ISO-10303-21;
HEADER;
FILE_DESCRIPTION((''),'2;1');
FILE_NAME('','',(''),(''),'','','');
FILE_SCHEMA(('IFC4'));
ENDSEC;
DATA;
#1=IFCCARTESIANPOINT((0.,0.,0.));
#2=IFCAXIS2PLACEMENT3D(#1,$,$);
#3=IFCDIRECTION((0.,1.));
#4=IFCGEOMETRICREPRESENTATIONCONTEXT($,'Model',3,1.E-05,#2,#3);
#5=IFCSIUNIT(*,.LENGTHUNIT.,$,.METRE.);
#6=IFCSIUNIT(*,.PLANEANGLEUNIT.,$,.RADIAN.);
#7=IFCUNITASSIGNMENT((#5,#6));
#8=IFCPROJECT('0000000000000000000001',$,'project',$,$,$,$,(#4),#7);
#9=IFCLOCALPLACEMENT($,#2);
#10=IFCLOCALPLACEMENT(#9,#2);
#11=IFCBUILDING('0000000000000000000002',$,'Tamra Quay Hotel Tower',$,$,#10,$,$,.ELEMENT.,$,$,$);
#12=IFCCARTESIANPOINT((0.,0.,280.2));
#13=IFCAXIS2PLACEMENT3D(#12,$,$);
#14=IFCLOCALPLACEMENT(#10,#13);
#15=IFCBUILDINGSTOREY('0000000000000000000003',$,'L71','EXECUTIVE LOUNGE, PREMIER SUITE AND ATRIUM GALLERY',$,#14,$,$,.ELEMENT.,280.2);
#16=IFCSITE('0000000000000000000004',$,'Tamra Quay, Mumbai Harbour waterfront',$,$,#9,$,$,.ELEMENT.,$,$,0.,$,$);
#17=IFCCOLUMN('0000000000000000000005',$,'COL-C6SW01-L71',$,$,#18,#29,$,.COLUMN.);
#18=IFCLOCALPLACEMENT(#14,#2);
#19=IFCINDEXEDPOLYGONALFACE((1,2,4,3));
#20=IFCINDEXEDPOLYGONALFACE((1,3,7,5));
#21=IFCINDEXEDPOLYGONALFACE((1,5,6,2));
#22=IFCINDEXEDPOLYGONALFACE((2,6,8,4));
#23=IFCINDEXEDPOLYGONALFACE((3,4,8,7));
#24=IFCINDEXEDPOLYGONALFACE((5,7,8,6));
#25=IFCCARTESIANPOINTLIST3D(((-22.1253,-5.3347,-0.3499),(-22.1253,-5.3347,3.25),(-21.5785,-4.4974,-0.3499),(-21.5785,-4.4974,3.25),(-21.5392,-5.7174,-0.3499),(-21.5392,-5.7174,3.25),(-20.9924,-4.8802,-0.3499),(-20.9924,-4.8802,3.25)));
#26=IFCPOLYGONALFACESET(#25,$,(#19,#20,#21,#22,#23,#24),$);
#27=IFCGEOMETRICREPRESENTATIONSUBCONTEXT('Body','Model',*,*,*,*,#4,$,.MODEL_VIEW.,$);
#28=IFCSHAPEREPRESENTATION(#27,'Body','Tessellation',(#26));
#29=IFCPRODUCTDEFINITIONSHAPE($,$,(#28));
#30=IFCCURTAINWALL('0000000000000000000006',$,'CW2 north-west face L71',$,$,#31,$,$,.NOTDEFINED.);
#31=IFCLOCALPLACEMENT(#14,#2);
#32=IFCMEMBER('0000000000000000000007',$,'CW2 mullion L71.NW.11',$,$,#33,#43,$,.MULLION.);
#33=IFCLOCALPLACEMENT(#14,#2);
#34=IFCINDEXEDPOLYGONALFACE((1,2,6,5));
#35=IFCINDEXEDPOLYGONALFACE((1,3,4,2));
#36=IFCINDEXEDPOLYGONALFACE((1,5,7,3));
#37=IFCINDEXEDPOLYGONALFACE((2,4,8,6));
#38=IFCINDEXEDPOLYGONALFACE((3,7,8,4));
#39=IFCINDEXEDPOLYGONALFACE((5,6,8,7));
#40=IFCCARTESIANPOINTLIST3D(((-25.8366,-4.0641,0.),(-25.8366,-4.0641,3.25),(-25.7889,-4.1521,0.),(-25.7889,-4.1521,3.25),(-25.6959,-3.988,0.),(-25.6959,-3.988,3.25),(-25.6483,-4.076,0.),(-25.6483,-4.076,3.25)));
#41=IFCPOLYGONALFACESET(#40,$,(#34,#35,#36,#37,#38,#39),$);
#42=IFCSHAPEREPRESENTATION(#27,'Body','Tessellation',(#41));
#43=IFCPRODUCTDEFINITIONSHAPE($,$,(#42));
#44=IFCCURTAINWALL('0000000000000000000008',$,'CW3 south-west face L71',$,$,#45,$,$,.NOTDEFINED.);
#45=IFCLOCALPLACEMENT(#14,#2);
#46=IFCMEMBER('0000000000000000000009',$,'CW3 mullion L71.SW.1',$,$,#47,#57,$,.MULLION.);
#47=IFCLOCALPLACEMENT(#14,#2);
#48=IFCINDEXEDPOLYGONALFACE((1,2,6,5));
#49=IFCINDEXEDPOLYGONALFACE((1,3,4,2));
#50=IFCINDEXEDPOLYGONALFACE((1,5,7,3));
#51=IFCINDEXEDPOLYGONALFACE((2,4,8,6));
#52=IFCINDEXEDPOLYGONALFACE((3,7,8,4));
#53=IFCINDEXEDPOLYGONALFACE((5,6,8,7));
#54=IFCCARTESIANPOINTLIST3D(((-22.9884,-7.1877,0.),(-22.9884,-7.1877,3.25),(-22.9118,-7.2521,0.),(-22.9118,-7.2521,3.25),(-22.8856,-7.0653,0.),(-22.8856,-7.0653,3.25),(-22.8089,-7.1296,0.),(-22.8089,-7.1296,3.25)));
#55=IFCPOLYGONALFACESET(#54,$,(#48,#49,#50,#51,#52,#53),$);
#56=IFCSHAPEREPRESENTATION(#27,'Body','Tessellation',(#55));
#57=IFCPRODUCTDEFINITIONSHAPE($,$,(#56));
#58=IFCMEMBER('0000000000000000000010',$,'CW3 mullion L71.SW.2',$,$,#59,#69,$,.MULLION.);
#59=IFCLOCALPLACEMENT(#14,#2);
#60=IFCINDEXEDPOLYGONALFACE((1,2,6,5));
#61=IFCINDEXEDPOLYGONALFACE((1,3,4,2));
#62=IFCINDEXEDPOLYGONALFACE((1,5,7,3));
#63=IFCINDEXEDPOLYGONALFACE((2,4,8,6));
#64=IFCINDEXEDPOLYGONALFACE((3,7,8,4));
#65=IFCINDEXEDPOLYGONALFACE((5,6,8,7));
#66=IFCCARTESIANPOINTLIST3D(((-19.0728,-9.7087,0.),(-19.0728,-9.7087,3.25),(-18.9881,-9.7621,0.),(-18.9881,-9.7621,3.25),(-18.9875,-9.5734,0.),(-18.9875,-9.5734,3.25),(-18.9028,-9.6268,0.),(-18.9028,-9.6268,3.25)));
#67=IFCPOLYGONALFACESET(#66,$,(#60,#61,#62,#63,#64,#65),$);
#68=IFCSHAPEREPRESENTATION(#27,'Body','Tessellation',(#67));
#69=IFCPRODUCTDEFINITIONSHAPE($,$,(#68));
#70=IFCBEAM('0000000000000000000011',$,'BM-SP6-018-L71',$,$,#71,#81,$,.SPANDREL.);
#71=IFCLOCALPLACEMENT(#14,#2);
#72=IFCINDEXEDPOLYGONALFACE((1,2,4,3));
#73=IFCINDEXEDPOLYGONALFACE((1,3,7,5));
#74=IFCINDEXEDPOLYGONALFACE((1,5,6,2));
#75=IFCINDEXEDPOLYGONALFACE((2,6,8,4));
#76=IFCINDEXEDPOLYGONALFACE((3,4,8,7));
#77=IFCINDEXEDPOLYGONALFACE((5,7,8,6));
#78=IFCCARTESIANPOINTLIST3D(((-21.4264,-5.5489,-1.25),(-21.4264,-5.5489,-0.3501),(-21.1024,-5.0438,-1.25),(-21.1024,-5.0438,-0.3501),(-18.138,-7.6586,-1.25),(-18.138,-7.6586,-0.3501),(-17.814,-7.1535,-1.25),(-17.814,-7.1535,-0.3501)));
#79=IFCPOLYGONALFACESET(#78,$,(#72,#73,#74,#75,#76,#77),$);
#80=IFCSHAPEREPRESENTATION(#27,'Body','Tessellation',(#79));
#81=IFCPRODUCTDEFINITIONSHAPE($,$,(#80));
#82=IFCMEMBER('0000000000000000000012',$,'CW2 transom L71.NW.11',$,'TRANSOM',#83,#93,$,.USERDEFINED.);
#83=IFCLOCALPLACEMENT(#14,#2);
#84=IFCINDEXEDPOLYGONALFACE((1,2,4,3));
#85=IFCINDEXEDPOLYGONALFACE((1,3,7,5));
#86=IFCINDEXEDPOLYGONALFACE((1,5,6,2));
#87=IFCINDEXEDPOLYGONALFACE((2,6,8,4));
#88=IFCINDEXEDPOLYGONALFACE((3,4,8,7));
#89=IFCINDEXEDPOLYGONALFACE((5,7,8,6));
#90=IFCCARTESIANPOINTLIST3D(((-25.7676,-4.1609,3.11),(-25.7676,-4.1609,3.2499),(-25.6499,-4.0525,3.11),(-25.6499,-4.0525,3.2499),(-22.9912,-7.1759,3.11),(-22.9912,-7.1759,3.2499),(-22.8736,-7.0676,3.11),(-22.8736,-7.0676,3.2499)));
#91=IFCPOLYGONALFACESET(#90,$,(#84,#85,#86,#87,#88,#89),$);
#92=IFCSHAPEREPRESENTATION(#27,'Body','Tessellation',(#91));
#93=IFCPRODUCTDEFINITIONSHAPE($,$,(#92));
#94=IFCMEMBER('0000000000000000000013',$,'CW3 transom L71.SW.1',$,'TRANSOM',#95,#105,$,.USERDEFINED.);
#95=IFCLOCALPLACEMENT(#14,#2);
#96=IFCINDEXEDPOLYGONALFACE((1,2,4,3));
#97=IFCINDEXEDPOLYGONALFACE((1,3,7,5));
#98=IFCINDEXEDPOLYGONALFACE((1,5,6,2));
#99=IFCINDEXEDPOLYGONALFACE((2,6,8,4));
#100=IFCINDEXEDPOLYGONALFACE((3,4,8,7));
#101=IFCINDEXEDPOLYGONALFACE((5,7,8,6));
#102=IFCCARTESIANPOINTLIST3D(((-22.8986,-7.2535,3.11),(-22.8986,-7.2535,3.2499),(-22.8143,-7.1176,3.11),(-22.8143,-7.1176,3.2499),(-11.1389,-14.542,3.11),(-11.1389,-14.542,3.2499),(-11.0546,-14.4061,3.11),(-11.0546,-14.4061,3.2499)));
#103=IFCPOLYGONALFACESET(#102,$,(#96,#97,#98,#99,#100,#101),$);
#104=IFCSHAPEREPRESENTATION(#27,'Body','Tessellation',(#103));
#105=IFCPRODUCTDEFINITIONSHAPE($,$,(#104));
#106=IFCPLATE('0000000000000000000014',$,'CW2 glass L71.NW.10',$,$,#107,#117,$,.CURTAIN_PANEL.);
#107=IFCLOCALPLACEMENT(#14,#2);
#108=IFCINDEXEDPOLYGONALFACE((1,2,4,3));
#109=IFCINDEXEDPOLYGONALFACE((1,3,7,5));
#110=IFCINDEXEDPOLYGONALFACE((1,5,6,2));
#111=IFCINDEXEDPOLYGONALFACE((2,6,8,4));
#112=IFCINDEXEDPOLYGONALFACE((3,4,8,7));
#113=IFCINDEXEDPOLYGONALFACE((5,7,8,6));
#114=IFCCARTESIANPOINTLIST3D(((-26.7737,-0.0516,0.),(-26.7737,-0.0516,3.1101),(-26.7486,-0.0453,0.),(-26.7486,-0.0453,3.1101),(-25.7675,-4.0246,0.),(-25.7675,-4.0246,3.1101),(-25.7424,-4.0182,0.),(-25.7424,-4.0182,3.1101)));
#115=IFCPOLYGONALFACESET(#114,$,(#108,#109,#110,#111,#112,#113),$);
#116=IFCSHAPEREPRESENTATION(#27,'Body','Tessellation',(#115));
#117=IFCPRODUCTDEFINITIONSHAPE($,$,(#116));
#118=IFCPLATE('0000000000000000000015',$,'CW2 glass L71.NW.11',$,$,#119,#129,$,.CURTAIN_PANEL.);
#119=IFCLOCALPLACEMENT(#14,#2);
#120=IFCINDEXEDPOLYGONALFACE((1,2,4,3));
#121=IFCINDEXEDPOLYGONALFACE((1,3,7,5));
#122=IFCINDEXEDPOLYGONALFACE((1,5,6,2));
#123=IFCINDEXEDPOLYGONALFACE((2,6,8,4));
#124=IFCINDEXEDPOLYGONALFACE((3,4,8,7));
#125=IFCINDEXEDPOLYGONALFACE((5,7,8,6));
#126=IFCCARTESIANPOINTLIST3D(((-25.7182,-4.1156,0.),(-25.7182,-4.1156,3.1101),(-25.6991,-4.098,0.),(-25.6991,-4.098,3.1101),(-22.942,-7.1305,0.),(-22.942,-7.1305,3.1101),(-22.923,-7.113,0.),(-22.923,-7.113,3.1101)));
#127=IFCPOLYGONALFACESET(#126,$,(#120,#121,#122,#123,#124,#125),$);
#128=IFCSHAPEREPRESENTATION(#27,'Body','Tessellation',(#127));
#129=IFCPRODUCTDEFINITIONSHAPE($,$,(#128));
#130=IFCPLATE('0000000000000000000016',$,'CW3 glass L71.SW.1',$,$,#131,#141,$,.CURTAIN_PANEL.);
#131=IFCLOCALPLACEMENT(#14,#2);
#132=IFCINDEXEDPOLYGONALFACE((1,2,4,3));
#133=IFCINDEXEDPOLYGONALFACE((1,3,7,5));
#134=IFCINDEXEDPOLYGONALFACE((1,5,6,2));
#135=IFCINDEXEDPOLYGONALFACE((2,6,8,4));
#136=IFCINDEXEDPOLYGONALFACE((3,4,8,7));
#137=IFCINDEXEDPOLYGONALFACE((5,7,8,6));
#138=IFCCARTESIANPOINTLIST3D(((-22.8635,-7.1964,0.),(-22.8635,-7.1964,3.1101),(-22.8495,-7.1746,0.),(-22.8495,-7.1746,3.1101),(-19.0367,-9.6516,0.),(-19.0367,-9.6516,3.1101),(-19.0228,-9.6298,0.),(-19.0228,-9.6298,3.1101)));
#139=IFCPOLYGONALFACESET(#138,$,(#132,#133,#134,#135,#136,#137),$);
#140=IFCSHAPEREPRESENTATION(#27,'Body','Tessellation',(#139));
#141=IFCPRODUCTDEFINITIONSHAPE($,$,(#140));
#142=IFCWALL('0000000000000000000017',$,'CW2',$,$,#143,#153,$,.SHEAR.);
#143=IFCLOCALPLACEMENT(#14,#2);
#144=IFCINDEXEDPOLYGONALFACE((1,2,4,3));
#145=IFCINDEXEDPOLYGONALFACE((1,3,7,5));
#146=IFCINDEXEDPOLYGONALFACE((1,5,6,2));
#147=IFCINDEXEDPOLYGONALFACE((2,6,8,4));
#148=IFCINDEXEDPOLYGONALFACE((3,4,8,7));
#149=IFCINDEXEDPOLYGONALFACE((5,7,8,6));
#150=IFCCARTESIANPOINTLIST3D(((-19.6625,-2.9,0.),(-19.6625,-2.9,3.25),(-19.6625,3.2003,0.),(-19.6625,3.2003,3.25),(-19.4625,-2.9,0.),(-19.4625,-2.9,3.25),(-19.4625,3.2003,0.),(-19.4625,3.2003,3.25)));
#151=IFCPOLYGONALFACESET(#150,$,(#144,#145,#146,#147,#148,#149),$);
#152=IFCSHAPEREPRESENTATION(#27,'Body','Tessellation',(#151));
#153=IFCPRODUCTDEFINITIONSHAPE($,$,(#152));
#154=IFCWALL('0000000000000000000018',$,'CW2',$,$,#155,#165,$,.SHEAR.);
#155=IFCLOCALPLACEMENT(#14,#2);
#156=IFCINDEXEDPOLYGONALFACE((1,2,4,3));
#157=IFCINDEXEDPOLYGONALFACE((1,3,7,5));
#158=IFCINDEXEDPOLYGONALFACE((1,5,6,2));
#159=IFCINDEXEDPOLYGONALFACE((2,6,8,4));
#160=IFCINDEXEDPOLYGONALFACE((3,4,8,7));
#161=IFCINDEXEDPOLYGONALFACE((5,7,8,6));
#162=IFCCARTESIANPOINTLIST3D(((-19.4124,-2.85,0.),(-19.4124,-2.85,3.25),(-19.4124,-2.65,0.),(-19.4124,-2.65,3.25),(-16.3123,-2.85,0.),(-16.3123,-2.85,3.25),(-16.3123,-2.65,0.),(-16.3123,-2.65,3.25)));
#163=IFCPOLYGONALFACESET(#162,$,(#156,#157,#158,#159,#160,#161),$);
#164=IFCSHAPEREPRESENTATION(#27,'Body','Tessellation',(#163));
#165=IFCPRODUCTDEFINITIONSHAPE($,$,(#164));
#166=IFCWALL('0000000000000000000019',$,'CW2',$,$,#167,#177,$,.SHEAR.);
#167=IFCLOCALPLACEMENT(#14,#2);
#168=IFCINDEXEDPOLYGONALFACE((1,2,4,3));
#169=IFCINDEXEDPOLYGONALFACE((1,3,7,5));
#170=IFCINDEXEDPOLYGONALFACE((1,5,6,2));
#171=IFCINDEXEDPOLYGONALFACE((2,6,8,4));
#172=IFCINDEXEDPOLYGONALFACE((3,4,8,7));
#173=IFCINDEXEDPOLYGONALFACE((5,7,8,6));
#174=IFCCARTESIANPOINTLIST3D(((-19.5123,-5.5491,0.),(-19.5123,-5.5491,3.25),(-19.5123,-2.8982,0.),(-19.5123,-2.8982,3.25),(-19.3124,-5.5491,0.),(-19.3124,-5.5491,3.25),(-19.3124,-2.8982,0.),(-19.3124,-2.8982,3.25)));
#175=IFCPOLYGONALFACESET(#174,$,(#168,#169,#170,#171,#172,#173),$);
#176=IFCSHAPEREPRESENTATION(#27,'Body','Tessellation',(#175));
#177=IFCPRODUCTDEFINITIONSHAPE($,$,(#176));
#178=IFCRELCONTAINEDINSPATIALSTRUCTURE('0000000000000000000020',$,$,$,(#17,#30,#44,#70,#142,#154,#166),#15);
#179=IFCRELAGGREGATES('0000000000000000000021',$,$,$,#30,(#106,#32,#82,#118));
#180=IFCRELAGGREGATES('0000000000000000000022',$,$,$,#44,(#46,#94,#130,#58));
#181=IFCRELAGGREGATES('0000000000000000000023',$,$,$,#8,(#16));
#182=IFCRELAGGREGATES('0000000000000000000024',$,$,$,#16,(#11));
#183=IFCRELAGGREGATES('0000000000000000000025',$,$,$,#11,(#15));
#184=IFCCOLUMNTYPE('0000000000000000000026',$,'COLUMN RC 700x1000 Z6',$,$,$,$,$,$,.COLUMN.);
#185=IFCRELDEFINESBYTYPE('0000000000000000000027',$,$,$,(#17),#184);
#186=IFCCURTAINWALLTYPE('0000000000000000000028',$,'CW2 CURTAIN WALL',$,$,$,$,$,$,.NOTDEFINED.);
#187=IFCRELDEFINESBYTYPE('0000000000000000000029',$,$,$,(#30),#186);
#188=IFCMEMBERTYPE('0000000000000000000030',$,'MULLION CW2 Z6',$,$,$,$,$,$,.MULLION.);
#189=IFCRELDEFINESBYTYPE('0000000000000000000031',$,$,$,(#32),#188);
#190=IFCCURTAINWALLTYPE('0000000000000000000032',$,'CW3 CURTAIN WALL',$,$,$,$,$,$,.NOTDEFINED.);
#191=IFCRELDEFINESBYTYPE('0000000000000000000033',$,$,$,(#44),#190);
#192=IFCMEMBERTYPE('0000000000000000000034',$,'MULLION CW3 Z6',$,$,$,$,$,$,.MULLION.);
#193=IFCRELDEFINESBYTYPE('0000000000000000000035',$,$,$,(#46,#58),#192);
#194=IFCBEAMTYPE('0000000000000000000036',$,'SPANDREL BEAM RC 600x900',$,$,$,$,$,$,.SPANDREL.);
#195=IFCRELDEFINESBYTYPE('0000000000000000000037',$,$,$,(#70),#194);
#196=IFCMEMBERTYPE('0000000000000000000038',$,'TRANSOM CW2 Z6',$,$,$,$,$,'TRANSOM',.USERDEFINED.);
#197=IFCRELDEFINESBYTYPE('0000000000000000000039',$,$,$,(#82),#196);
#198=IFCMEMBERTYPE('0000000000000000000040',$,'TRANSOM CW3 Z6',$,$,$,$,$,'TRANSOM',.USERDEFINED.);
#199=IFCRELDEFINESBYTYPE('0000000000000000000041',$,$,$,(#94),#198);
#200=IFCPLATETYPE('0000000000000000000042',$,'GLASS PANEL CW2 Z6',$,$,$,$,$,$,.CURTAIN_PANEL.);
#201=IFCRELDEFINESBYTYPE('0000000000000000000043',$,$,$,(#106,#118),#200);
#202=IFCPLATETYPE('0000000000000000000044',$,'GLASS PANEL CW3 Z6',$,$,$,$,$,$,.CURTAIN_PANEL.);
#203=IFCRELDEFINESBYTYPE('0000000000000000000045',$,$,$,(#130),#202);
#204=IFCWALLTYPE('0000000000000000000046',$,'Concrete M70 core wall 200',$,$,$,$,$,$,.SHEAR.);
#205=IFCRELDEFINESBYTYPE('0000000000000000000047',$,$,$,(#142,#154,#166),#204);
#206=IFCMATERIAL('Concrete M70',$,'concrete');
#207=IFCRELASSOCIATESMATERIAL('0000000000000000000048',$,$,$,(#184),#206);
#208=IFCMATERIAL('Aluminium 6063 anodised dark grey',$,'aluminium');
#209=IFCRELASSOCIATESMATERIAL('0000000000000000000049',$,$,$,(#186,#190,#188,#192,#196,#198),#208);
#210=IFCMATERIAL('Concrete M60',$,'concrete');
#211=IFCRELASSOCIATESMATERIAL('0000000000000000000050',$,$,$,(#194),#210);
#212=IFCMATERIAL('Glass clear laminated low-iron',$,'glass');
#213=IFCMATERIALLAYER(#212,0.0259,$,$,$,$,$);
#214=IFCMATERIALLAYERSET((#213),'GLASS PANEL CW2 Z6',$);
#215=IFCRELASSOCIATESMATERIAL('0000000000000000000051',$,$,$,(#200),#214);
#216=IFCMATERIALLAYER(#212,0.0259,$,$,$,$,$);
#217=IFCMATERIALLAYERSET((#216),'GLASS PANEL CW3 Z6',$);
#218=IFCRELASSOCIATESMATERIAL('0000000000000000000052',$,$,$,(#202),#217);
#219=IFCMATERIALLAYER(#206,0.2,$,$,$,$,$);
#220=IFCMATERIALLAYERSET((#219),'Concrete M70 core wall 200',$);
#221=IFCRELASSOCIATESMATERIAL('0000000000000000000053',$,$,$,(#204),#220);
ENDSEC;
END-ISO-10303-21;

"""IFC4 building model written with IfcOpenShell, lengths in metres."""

from ifc_helpers import new_model, si_unit, direction, frame, frame_2d, origin, origin_2d, place, context, subcontext, project, spatial, rectangle, extrude, material, layer, layer_set, material_profile, profile_set, type_object, element, aggregate, save


model = new_model("IFC4")

# Units and contexts
model_context = context("Model", 3, precision=1e-05, world=origin(), true_north=direction((0.0, 1.0)))
body_context = subcontext(model_context, "Body", "Model", "MODEL_VIEW")
ifc_project = project(units=[si_unit("LENGTHUNIT", "METRE"), si_unit("PLANEANGLEUNIT", "RADIAN")], contexts=[model_context])

# Site, building, storey
site_placement = place(None, origin())
site = spatial("IfcSite", under=ifc_project, at=site_placement, Name="Tamra Quay, Mumbai Harbour waterfront", CompositionType="ELEMENT", RefElevation=0.0)
building_placement = place(site_placement, origin())
building = spatial("IfcBuilding", under=site, at=building_placement, Name="Tamra Quay Hotel Tower", CompositionType="ELEMENT")
storey_placement = place(building_placement, frame((0.0, 0.0, 280.2)))
storey = spatial("IfcBuildingStorey", under=building, at=storey_placement, Name="L71", Description="EXECUTIVE LOUNGE, PREMIER SUITE AND ATRIUM GALLERY", CompositionType="ELEMENT", Elevation=280.2)

# Column
ifc_material_1 = material(Name="Concrete M70", Category="concrete")
ifc_material_profile_1 = material_profile(ifc_material_1, rectangle(XDim=1.0, YDim=0.7, at=origin_2d()), Name="COLUMN RC 700x1000 Z6")
ifc_profile_set_1 = profile_set([ifc_material_profile_1], Name="Concrete M70")
column_type = type_object("IfcColumnType", Name="COLUMN RC 700x1000 Z6", PredefinedType="COLUMN", material=ifc_profile_set_1)
column_placement = place(storey_placement, frame((-21.5588, -5.1074, -0.3499), z_axis=(0.0, 0.0, 1.0), x_axis=(0.546805, 0.83726, 0.0)))
element("IfcColumn", 1, at=column_placement, inside=storey, type_object=column_type, Name="COL-C6SW01-L71", PredefinedType="COLUMN", context=body_context, shape_type="SweptSolid", body=[
    extrude(rectangle(XDim=1.0, YDim=0.7, at=origin_2d()), origin(), (0.0, 0.0, 1.0), 3.5999),
])

# Curtain wall, member
ifc_material_2 = material(Name="Aluminium 6063 anodised dark grey", Category="aluminium")
curtain_wall_type_1 = type_object("IfcCurtainWallType", Name="CW2 CURTAIN WALL", PredefinedType="NOTDEFINED", material=ifc_material_2)
curtain_wall_1_placement = place(storey_placement, origin())
curtain_wall_1 = element("IfcCurtainWall", 2, at=curtain_wall_1_placement, inside=storey, type_object=curtain_wall_type_1, Name="CW2 north-west face L71", PredefinedType="NOTDEFINED")
ifc_material_profile_2 = material_profile(ifc_material_2, rectangle(XDim=0.1599, YDim=0.1001, at=origin_2d()), Name="MULLION 100X160")
ifc_profile_set_2 = profile_set([ifc_material_profile_2], Name="Aluminium 6063 anodised dark grey")
member_type_1 = type_object("IfcMemberType", Name="MULLION CW2 Z6", PredefinedType="MULLION", material=ifc_profile_set_2)
member_1_placement = place(storey_placement, frame((-25.7424, -4.0701, 0.0), z_axis=(0.0, 0.0, 1.0), x_axis=(-0.879433, -0.476023, 0.0)))
member_1 = element("IfcMember", 3, at=member_1_placement, type_object=member_type_1, Name="CW2 mullion L71.NW.11", PredefinedType="MULLION", context=body_context, shape_type="SweptSolid", body=[
    extrude(rectangle(XDim=0.1599, YDim=0.1001, at=origin_2d()), origin(), (0.0, 0.0, 1.0), 3.25),
])

# Curtain wall, members
curtain_wall_type_2 = type_object("IfcCurtainWallType", Name="CW3 CURTAIN WALL", PredefinedType="NOTDEFINED", material=ifc_material_2)
curtain_wall_2_placement = place(storey_placement, origin())
curtain_wall_2 = element("IfcCurtainWall", 4, at=curtain_wall_2_placement, inside=storey, type_object=curtain_wall_type_2, Name="CW3 south-west face L71", PredefinedType="NOTDEFINED")
ifc_material_profile_3 = material_profile(ifc_material_2, rectangle(XDim=0.1599, YDim=0.1001, at=origin_2d()), Name="MULLION 100X160")
ifc_profile_set_3 = profile_set([ifc_material_profile_3], Name="Aluminium 6063 anodised dark grey")
member_type_2 = type_object("IfcMemberType", Name="MULLION CW3 Z6", PredefinedType="MULLION", material=ifc_profile_set_3)
member_2_placement = place(storey_placement, frame((-22.8987, -7.1587, 0.0), z_axis=(0.0, 0.0, 1.0), x_axis=(-0.643086, -0.765794, 0.0)))
member_2 = element("IfcMember", 5, at=member_2_placement, type_object=member_type_2, Name="CW3 mullion L71.SW.1", PredefinedType="MULLION", context=body_context, shape_type="SweptSolid", body=[
    extrude(rectangle(XDim=0.1599, YDim=0.1001, at=origin_2d()), origin(), (0.0, 0.0, 1.0), 3.25),
])
member_3_placement = place(storey_placement, frame((-18.9878, -9.6677, 0.0), z_axis=(0.0, 0.0, 1.0), x_axis=(-0.533422, -0.845849, 0.0)))
member_3 = element("IfcMember", 6, at=member_3_placement, type_object=member_type_2, Name="CW3 mullion L71.SW.2", PredefinedType="MULLION", context=body_context, shape_type="SweptSolid", body=[
    extrude(rectangle(XDim=0.1599, YDim=0.1001, at=origin_2d()), origin(), (0.0, 0.0, 1.0), 3.25),
])

# Beam
ifc_material_3 = material(Name="Concrete M60", Category="concrete")
ifc_material_profile_4 = material_profile(ifc_material_3, rectangle(XDim=0.6001, YDim=0.8999, at=origin_2d()), Name="SPANDREL BEAM RC 600x900")
ifc_profile_set_4 = profile_set([ifc_material_profile_4], Name="Concrete M60")
beam_type = type_object("IfcBeamType", Name="SPANDREL BEAM RC 600x900", PredefinedType="SPANDREL", material=ifc_profile_set_4)
beam_placement = place(storey_placement, frame((-21.2644, -5.2964, -0.8), z_axis=(0.84168, -0.539977, 0.0), x_axis=(0.539977, 0.84168, 0.0)))
element("IfcBeam", 7, at=beam_placement, inside=storey, type_object=beam_type, Name="BM-SP6-018-L71", PredefinedType="SPANDREL", context=body_context, shape_type="SweptSolid", body=[
    extrude(rectangle(XDim=0.6001, YDim=0.8999, at=origin_2d()), origin(), (0.0, 0.0, 1.0), 3.907),
])

# Members
ifc_material_profile_5 = material_profile(ifc_material_2, rectangle(XDim=0.1599, YDim=0.1399, at=origin_2d()), Name="TRANSOM 160X140")
ifc_profile_set_5 = profile_set([ifc_material_profile_5], Name="Aluminium 6063 anodised dark grey")
member_type_3 = type_object("IfcMemberType", Name="TRANSOM CW2 Z6", ElementType="TRANSOM", PredefinedType="USERDEFINED", material=ifc_profile_set_5)
member_4_placement = place(storey_placement, frame((-25.7087, -4.1067, 3.1799), z_axis=(0.677379, -0.735634, 0.0), x_axis=(0.735634, 0.677379, 0.0)))
member_4 = element("IfcMember", 8, at=member_4_placement, type_object=member_type_3, Name="CW2 transom L71.NW.11", ObjectType="TRANSOM", PredefinedType="USERDEFINED", context=body_context, shape_type="SweptSolid", body=[
    extrude(rectangle(XDim=0.1599, YDim=0.1399, at=origin_2d()), origin(), (0.0, 0.0, 1.0), 4.0986),
])
ifc_material_profile_6 = material_profile(ifc_material_2, rectangle(XDim=0.1599, YDim=0.1399, at=origin_2d()), Name="TRANSOM 160X140")
ifc_profile_set_6 = profile_set([ifc_material_profile_6], Name="Aluminium 6063 anodised dark grey")
member_type_4 = type_object("IfcMemberType", Name="TRANSOM CW3 Z6", ElementType="TRANSOM", PredefinedType="USERDEFINED", material=ifc_profile_set_6)
member_5_placement = place(storey_placement, frame((-22.8564, -7.1855, 3.1799), z_axis=(0.849983, -0.52681, 0.0), x_axis=(0.52681, 0.849983, 0.0)))
member_5 = element("IfcMember", 9, at=member_5_placement, type_object=member_type_4, Name="CW3 transom L71.SW.1", ObjectType="TRANSOM", PredefinedType="USERDEFINED", context=body_context, shape_type="SweptSolid", body=[
    extrude(rectangle(XDim=0.1599, YDim=0.1399, at=origin_2d()), origin(), (0.0, 0.0, 1.0), 13.8352),
])

# Plates
ifc_material_4 = material(Name="Glass clear laminated low-iron", Category="glass")
ifc_layer_1 = layer(ifc_material_4, 0.0259)
ifc_layer_set_1 = layer_set([ifc_layer_1], Name="GLASS PANEL CW2 Z6")
plate_type_1 = type_object("IfcPlateType", Name="GLASS PANEL CW2 Z6", PredefinedType="CURTAIN_PANEL", material=ifc_layer_set_1)
plate_1_placement = place(storey_placement, frame((-26.2581, -2.0349, 0.0), z_axis=(0.0, 0.0, 1.0), x_axis=(0.245527, -0.96939, 0.0)))
plate_1 = element("IfcPlate", 10, at=plate_1_placement, type_object=plate_type_1, Name="CW2 glass L71.NW.10", PredefinedType="CURTAIN_PANEL", context=body_context, shape_type="SweptSolid", body=[
    extrude(rectangle(XDim=4.0984, YDim=0.0259, at=origin_2d()), origin(), (0.0, 0.0, 1.0), 3.1101),
])
plate_2_placement = place(storey_placement, frame((-24.3206, -5.6143, 0.0), z_axis=(0.0, 0.0, 1.0), x_axis=(0.677376, -0.735637, 0.0)))
plate_2 = element("IfcPlate", 11, at=plate_2_placement, type_object=plate_type_1, Name="CW2 glass L71.NW.11", PredefinedType="CURTAIN_PANEL", context=body_context, shape_type="SweptSolid", body=[
    extrude(rectangle(XDim=4.0984, YDim=0.0259, at=origin_2d()), origin(), (0.0, 0.0, 1.0), 3.1101),
])
aggregate(curtain_wall_1, [plate_1, member_1, member_4, plate_2])
ifc_layer_2 = layer(ifc_material_4, 0.0259)
ifc_layer_set_2 = layer_set([ifc_layer_2], Name="GLASS PANEL CW3 Z6")
plate_type_2 = type_object("IfcPlateType", Name="GLASS PANEL CW3 Z6", PredefinedType="CURTAIN_PANEL", material=ifc_layer_set_2)
plate_3_placement = place(storey_placement, frame((-20.9431, -8.4131, 0.0), z_axis=(0.0, 0.0, 1.0), x_axis=(0.841665, -0.54, 0.0)))
plate_3 = element("IfcPlate", 12, at=plate_3_placement, type_object=plate_type_2, Name="CW3 glass L71.SW.1", PredefinedType="CURTAIN_PANEL", context=body_context, shape_type="SweptSolid", body=[
    extrude(rectangle(XDim=4.5466, YDim=0.0259, at=origin_2d()), origin(), (0.0, 0.0, 1.0), 3.1101),
])
aggregate(curtain_wall_2, [member_2, member_5, plate_3, member_3])

# Walls
ifc_layer_3 = layer(ifc_material_1, 0.2)
ifc_layer_set_3 = layer_set([ifc_layer_3], Name="Concrete M70 core wall 200")
wall_type_1 = type_object("IfcWallType", Name="Concrete M70 core wall 200", PredefinedType="SHEAR", material=ifc_layer_set_3)
wall_1_placement = place(storey_placement, frame((-19.5625, -2.9001, 0.0), z_axis=(0.0, 0.0, 1.0), x_axis=(0.0, 1.0, 0.0)))
element("IfcWall", 13, at=wall_1_placement, inside=storey, type_object=wall_type_1, Name="CW2", PredefinedType="SHEAR", context=body_context, shape_type="SweptSolid", body=[
    extrude(rectangle(XDim=6.1003, YDim=0.2, at=frame_2d((3.0503, 0.0))), origin(), (0.0, 0.0, 1.0), 3.25),
])
wall_2_placement = place(storey_placement, frame((-19.4124, -2.75, 0.0), z_axis=(0.0, 0.0, 1.0), x_axis=(1.0, 0.0, 0.0)))
element("IfcWall", 14, at=wall_2_placement, inside=storey, type_object=wall_type_1, Name="CW2", PredefinedType="SHEAR", context=body_context, shape_type="SweptSolid", body=[
    extrude(rectangle(XDim=3.1001, YDim=0.2, at=frame_2d((1.55, 0.0))), origin(), (0.0, 0.0, 1.0), 3.25),
])
wall_3_placement = place(storey_placement, frame((-19.4124, -5.5491, 0.0), z_axis=(0.0, 0.0, 1.0), x_axis=(0.0, 1.0, 0.0)))
element("IfcWall", 15, at=wall_3_placement, inside=storey, type_object=wall_type_1, Name="CW2", PredefinedType="SHEAR", context=body_context, shape_type="SweptSolid", body=[
    extrude(rectangle(XDim=2.6509, YDim=0.2, at=frame_2d((1.3254, 0.0))), origin(), (0.0, 0.0, 1.0), 3.25),
])

save(model, "model.ifc")
